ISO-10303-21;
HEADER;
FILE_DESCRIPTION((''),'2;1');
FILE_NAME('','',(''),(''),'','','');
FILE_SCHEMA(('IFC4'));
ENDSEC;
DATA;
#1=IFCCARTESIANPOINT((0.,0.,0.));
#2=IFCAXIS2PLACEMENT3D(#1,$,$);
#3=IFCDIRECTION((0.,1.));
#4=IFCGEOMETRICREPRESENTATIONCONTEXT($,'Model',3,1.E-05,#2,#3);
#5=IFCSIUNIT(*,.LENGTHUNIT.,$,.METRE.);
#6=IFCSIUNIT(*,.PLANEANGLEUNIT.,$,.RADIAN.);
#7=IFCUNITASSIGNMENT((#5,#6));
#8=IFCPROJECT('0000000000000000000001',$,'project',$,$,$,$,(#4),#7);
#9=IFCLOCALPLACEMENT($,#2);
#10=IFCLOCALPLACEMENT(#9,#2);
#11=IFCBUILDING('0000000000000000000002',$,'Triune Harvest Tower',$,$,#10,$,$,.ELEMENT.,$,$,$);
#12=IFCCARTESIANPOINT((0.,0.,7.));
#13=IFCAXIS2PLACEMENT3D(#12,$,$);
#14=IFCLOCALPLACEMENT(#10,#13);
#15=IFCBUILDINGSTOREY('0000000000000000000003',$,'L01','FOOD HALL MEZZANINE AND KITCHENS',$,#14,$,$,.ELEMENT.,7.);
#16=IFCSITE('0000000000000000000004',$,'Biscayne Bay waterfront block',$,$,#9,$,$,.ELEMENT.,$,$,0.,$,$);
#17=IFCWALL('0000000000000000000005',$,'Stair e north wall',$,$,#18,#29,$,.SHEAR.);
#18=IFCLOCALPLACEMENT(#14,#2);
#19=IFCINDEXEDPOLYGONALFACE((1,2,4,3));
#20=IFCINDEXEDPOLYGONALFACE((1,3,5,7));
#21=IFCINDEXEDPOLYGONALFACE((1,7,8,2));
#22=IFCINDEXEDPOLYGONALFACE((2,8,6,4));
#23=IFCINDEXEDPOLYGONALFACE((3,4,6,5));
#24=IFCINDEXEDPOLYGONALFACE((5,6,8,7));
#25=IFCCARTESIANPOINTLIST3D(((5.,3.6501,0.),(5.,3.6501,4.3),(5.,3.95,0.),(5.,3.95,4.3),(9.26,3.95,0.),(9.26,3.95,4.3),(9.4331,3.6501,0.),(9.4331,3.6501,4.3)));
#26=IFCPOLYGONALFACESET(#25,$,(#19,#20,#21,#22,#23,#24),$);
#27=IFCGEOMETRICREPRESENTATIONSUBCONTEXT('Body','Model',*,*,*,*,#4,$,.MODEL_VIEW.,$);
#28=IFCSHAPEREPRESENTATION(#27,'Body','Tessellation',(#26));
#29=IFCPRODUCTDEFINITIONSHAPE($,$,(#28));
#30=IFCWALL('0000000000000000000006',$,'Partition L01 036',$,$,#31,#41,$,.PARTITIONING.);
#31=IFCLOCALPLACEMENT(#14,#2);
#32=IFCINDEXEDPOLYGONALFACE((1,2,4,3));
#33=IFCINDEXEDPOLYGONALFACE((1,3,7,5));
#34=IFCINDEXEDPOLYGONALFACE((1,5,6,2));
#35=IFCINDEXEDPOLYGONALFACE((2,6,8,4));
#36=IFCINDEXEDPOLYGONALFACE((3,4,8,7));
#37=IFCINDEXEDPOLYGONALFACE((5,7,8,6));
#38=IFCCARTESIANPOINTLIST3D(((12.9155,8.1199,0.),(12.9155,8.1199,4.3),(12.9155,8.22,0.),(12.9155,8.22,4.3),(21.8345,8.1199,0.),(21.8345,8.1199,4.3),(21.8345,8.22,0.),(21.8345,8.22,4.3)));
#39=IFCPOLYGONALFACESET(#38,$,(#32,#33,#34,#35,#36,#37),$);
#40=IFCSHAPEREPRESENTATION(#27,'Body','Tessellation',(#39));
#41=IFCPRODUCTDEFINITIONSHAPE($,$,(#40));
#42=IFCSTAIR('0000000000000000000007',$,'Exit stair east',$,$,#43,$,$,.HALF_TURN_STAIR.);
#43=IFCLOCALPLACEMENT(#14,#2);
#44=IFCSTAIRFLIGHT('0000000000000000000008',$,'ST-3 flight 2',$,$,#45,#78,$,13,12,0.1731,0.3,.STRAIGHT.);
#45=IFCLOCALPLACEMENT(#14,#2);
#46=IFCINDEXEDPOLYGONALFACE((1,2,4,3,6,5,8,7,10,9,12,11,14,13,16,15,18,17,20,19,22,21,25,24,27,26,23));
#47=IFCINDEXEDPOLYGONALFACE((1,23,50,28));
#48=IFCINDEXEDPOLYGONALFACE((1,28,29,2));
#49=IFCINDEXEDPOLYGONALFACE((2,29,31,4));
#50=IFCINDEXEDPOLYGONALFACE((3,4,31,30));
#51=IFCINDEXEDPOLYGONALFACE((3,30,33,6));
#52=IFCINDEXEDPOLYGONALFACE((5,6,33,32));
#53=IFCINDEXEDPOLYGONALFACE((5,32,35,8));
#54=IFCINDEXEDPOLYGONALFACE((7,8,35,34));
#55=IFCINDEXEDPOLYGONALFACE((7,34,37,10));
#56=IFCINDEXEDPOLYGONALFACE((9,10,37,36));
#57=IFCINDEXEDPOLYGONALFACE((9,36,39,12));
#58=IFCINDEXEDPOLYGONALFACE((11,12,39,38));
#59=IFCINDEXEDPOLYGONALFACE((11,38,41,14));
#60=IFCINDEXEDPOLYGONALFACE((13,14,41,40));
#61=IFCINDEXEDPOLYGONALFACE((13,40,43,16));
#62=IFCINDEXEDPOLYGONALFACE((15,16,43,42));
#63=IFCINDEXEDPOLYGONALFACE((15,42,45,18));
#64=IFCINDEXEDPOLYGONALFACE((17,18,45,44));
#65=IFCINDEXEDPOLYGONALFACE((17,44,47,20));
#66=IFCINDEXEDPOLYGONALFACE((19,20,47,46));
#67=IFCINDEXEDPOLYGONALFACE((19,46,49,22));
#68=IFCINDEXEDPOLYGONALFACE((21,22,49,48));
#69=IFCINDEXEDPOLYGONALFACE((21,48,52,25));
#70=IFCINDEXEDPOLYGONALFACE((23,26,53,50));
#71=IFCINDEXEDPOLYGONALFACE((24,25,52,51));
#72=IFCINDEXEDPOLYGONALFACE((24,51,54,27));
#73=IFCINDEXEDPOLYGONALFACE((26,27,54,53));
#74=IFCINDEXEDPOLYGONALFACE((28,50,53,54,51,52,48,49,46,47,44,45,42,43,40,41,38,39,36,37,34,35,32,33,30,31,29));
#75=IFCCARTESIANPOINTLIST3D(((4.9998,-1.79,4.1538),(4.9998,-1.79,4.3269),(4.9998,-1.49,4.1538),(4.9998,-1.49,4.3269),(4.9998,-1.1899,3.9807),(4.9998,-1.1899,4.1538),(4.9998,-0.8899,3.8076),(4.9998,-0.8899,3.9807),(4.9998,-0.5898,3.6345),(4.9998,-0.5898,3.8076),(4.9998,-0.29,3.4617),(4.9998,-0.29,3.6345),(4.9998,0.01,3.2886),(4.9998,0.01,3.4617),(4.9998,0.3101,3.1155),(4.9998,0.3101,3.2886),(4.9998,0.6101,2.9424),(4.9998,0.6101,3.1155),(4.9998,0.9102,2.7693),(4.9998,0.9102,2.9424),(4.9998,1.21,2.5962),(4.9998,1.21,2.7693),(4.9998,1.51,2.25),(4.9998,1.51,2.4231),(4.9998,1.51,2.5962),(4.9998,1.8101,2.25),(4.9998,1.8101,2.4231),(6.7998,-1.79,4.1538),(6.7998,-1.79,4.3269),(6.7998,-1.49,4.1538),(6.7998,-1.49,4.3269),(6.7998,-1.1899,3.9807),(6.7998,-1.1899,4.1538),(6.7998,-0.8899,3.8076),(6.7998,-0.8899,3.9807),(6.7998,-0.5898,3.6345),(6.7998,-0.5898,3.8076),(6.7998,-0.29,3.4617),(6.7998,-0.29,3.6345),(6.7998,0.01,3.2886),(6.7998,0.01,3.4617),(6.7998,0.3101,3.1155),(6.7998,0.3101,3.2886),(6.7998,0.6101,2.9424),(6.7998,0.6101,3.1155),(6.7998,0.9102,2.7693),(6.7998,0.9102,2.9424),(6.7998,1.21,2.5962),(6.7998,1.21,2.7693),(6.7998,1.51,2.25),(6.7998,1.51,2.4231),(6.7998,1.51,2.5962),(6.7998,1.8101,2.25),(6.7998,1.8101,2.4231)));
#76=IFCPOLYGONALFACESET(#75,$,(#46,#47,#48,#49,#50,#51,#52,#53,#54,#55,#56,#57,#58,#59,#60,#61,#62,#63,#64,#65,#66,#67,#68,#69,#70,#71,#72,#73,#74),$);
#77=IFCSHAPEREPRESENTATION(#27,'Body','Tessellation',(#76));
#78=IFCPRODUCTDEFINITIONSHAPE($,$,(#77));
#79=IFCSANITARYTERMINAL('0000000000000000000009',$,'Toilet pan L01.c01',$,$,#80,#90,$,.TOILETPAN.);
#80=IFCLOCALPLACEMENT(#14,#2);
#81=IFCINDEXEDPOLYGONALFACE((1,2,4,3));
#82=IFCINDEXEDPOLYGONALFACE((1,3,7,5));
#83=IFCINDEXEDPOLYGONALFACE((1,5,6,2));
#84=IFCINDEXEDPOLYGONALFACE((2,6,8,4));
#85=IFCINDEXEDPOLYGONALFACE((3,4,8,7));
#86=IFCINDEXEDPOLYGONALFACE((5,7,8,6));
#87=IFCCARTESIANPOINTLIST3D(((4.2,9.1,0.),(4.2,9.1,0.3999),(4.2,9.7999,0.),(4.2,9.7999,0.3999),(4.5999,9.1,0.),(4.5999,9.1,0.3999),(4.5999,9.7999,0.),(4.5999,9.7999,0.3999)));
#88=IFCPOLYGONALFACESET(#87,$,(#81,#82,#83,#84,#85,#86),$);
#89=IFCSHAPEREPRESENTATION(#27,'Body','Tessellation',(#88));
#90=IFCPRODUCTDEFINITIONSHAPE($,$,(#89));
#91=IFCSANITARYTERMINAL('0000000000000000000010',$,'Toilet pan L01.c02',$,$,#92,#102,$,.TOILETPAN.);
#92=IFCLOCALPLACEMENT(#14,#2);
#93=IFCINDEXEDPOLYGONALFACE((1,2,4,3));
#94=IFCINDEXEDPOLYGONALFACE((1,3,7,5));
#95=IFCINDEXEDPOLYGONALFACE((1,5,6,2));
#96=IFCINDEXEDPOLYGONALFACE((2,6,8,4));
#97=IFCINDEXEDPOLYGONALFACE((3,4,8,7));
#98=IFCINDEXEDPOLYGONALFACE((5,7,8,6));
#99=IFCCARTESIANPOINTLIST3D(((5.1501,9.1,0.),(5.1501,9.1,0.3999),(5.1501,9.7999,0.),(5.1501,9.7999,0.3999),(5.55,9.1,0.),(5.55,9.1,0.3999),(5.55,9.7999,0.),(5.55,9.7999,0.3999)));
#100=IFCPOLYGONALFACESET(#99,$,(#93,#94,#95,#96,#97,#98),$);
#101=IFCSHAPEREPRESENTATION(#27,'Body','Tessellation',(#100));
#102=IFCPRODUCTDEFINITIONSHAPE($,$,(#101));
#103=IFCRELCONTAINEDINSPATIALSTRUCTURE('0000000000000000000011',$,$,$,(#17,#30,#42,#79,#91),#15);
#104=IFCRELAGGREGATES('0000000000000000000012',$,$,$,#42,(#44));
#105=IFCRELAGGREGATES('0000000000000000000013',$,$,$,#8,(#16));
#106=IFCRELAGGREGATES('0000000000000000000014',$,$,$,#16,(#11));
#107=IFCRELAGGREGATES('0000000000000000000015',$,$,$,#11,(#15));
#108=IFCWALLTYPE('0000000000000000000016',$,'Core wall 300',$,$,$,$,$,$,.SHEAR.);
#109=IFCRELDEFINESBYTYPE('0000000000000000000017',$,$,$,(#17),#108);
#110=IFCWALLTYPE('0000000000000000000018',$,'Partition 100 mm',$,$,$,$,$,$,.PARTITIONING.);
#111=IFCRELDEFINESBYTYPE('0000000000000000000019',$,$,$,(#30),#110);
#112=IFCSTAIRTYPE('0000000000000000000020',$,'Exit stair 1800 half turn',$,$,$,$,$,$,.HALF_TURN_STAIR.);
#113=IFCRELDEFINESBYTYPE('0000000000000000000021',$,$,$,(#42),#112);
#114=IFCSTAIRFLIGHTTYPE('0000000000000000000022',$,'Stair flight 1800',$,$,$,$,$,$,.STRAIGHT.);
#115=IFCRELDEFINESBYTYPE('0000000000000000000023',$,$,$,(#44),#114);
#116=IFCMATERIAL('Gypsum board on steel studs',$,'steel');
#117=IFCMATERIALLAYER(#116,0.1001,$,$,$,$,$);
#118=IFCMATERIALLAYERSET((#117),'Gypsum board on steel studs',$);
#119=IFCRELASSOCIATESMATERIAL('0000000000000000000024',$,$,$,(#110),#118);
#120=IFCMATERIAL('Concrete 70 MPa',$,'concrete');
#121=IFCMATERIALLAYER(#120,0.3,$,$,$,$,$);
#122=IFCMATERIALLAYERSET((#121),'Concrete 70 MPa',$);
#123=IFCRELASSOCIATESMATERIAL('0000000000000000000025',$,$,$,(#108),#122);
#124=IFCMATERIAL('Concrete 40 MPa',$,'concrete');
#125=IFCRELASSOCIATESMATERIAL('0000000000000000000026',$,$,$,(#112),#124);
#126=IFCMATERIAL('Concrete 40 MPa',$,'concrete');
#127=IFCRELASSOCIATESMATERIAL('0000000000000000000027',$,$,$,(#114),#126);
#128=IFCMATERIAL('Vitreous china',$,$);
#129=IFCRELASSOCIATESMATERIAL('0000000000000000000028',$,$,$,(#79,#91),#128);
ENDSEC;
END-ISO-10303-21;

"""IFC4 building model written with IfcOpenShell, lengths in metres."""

from ifc_helpers import new_model, si_unit, direction, frame, frame_2d, origin, origin_2d, place, context, subcontext, project, spatial, polyline, rectangle, outline, extrude, source, transform, mapped, material, layer, layer_set, type_object, element, aggregate, save


model = new_model("IFC4")

# Units and contexts
model_context = context("Model", 3, precision=1e-05, world=origin(), true_north=direction((0.0, 1.0)))
body_context = subcontext(model_context, "Body", "Model", "MODEL_VIEW")
ifc_project = project(units=[si_unit("LENGTHUNIT", "METRE"), si_unit("PLANEANGLEUNIT", "RADIAN")], contexts=[model_context])

# Site, building, storey
site_placement = place(None, origin())
site = spatial("IfcSite", under=ifc_project, at=site_placement, Name="Biscayne Bay waterfront block", CompositionType="ELEMENT", RefElevation=0.0)
building_placement = place(site_placement, origin())
building = spatial("IfcBuilding", under=site, at=building_placement, Name="Triune Harvest Tower", CompositionType="ELEMENT")
storey_placement = place(building_placement, frame((0.0, 0.0, 7.0)))
storey = spatial("IfcBuildingStorey", under=building, at=storey_placement, Name="L01", Description="FOOD HALL MEZZANINE AND KITCHENS", CompositionType="ELEMENT", Elevation=7.0)

# Shared definitions
ifc_material_1 = material(Name="Gypsum board on steel studs", Category="steel")
ifc_layer_1 = layer(ifc_material_1, 0.1001)
ifc_layer_set_1 = layer_set([ifc_layer_1], Name="Gypsum board on steel studs")
wall_type_1 = type_object("IfcWallType", Name="Partition 100 mm", PredefinedType="PARTITIONING", material=ifc_layer_set_1)

# Walls
ifc_material_2 = material(Name="Concrete 70 MPa", Category="concrete")
ifc_layer_2 = layer(ifc_material_2, 0.3)
ifc_layer_set_2 = layer_set([ifc_layer_2], Name="Concrete 70 MPa")
wall_type_2 = type_object("IfcWallType", Name="Core wall 300", PredefinedType="SHEAR", material=ifc_layer_set_2)
shared_shape_1 = source(origin(), body_context, "Body", "SweptSolid", [
    extrude(outline(polyline([(0.0, -0.1499), (0.0, 0.1499), (4.26, 0.1499), (4.4331, -0.1499), (0.0, -0.1499)])), origin(), (0.0, 0.0, 1.0), 4.3),
])
wall_1_placement = place(storey_placement, frame((5.0, 3.8, 0.0), z_axis=(0.0, 0.0, 1.0), x_axis=(1.0, 0.0, 0.0)))
element("IfcWall", 1, at=wall_1_placement, inside=storey, type_object=wall_type_2, Name="Stair e north wall", PredefinedType="SHEAR", context=body_context, shape_type="MappedRepresentation", body=[
    mapped(shared_shape_1, transform((0.0, 0.0, 0.0), scale=1.0)),
])
shared_shape_2 = source(origin(), body_context, "Body", "SweptSolid", [
    extrude(rectangle(XDim=8.9189, YDim=0.1001, at=frame_2d((4.4595, 0.0))), origin(), (0.0, 0.0, 1.0), 4.3),
])
wall_2_placement = place(storey_placement, frame((12.9155, 8.1699, 0.0), z_axis=(0.0, 0.0, 1.0), x_axis=(1.0, 0.0, 0.0)))
element("IfcWall", 2, at=wall_2_placement, inside=storey, type_object=wall_type_1, Name="Partition L01 036", PredefinedType="PARTITIONING", context=body_context, shape_type="MappedRepresentation", body=[
    mapped(shared_shape_2, transform((0.0, 0.0, 0.0), scale=1.0)),
])

# Stair, stair flight
ifc_material_3 = material(Name="Concrete 40 MPa", Category="concrete")
stair_type = type_object("IfcStairType", Name="Exit stair 1800 half turn", PredefinedType="HALF_TURN_STAIR", material=ifc_material_3)
stair_placement = place(storey_placement, origin())
stair = element("IfcStair", 3, at=stair_placement, inside=storey, type_object=stair_type, Name="Exit stair east", PredefinedType="HALF_TURN_STAIR")
ifc_material_4 = material(Name="Concrete 40 MPa", Category="concrete")
stair_flight_type = type_object("IfcStairFlightType", Name="Stair flight 1800", PredefinedType="STRAIGHT", material=ifc_material_4)
shared_shape_3 = source(origin(), body_context, "Body", "SweptSolid", [
    extrude(outline(polyline([(0.0, 0.0), (0.0, 0.1731), (0.3, 0.1731), (0.3, 0.3462), (0.6001, 0.3462), (0.6001, 0.5193), (0.8999, 0.5193), (0.8999, 0.6924), (1.2, 0.6924), (1.2, 0.8655), (1.5, 0.8655), (1.5, 1.0386), (1.8, 1.0386), (1.8, 1.2117), (2.1001, 1.2117), (2.1001, 1.3845), (2.3999, 1.3845), (2.3999, 1.5576), (2.7, 1.5576), (2.7, 1.7307), (3.0, 1.7307), (3.0, 1.9038), (3.3, 1.9038), (3.3, 2.0769), (3.6001, 2.0769), (3.6001, 2.25), (3.6001, 1.9038), (0.3, 0.0), (0.0, 0.0)])), frame((0.0, 0.8999, 0.0), z_axis=(0.0, -1.0, 0.0), x_axis=(1.0, 0.0, 0.0)), (0.0, 0.0, 1.0), 1.8),
])
stair_flight_placement = place(storey_placement, frame((5.8999, 1.8101, 2.25), z_axis=(0.0, 0.0, 1.0), x_axis=(0.0, -1.0, 0.0)))
stair_flight = element("IfcStairFlight", 4, at=stair_flight_placement, type_object=stair_flight_type, Name="ST-3 flight 2", NumberOfRisers=13, NumberOfTreads=12, PredefinedType="STRAIGHT", RiserHeight=0.1731, TreadLength=0.3, context=body_context, shape_type="MappedRepresentation", body=[
    mapped(shared_shape_3, transform((0.0, 0.0, 0.0), scale=1.0)),
])
aggregate(stair, [stair_flight])

# Sanitary terminals
ifc_material_5 = material(Name="Vitreous china")
shared_shape_4 = source(origin(), body_context, "Body", "SweptSolid", [
    extrude(rectangle(XDim=0.3999, YDim=0.7, at=origin_2d()), origin(), (0.0, 0.0, 1.0), 0.3999),
])
for number, where, z_axis, x_axis, name in (
    (5, (4.3999, 9.45, 0.0), (0.0, 0.0, 1.0), (1.0, 0.0, 0.0), "Toilet pan L01.c01"),
    (6, (5.3501, 9.45, 0.0), (0.0, 0.0, 1.0), (1.0, 0.0, 0.0), "Toilet pan L01.c02"),
):
    element("IfcSanitaryTerminal", number, at=place(storey_placement, frame(where, z_axis=z_axis, x_axis=x_axis)), inside=storey, material=ifc_material_5, Name=name, PredefinedType="TOILETPAN", context=body_context, shape_type="MappedRepresentation", body=[
        mapped(shared_shape_4, transform((0.0, 0.0, 0.0), scale=1.0)),
    ])

save(model, "model.ifc")
